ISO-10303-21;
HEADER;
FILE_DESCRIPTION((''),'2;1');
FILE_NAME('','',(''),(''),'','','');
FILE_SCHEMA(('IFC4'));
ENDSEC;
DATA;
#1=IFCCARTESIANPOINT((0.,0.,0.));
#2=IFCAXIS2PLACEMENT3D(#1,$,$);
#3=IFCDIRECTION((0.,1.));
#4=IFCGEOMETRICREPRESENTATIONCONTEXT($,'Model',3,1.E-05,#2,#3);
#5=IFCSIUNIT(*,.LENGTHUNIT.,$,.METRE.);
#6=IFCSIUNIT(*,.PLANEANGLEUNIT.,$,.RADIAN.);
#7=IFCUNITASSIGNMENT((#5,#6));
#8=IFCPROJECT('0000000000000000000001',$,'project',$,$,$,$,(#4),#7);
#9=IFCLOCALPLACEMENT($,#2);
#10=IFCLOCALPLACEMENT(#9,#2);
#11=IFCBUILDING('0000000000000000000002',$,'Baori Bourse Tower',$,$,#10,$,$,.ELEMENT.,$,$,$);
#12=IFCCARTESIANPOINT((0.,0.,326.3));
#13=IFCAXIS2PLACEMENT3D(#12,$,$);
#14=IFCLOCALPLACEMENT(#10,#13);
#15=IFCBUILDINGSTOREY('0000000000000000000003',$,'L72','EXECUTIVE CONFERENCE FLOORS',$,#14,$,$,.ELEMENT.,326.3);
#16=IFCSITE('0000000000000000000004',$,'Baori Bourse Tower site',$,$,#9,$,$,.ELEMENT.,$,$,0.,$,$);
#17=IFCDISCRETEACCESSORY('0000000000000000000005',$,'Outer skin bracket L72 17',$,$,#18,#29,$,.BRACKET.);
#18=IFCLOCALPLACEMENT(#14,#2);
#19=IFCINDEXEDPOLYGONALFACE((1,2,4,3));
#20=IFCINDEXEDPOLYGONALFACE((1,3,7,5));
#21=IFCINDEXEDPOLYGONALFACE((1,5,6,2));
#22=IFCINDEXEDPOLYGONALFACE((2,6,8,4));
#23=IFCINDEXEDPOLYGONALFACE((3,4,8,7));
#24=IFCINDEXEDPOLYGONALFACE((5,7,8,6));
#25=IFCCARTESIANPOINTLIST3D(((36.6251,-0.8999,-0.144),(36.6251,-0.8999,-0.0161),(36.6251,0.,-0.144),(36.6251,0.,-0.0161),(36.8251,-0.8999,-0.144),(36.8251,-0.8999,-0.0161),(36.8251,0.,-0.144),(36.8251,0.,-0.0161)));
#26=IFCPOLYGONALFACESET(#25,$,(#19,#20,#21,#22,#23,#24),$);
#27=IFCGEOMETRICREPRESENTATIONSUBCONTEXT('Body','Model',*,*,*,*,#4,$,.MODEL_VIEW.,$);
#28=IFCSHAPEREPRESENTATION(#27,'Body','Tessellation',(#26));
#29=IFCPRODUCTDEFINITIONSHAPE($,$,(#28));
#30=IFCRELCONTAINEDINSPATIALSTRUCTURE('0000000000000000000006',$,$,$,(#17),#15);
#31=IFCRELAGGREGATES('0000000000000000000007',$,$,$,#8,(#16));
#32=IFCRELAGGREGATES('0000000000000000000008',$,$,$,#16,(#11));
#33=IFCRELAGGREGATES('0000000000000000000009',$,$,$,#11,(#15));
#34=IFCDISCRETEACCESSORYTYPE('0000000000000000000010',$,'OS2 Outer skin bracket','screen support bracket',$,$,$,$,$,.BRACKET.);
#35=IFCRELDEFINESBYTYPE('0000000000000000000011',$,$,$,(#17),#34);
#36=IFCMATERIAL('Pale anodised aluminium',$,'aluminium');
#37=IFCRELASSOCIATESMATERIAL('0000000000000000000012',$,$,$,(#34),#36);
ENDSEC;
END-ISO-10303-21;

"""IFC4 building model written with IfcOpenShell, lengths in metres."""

from ifc_helpers import new_model, si_unit, direction, frame, origin, origin_2d, place, context, subcontext, project, spatial, rectangle, extrude, material, type_object, element, save


model = new_model("IFC4")

# Units and contexts
model_context = context("Model", 3, precision=1e-05, world=origin(), true_north=direction((0.0, 1.0)))
body_context = subcontext(model_context, "Body", "Model", "MODEL_VIEW")
ifc_project = project(units=[si_unit("LENGTHUNIT", "METRE"), si_unit("PLANEANGLEUNIT", "RADIAN")], contexts=[model_context])

# Site, building, storey
site_placement = place(None, origin())
site = spatial("IfcSite", under=ifc_project, at=site_placement, Name="Baori Bourse Tower site", CompositionType="ELEMENT", RefElevation=0.0)
building_placement = place(site_placement, origin())
building = spatial("IfcBuilding", under=site, at=building_placement, Name="Baori Bourse Tower", CompositionType="ELEMENT")
storey_placement = place(building_placement, frame((0.0, 0.0, 326.3)))
storey = spatial("IfcBuildingStorey", under=building, at=storey_placement, Name="L72", Description="EXECUTIVE CONFERENCE FLOORS", CompositionType="ELEMENT", Elevation=326.3)

# Discrete accessory
ifc_material_1 = material(Name="Pale anodised aluminium", Category="aluminium")
discrete_accessory_type = type_object("IfcDiscreteAccessoryType", Name="OS2 Outer skin bracket", Description="screen support bracket", PredefinedType="BRACKET", material=ifc_material_1)
for number, where, z_axis, x_axis, name in (
    (1, (36.7251, -0.45, -0.144), (0.0, 0.0, 1.0), (1.0, 0.0, 0.0), "Outer skin bracket L72 17"),
):
    element("IfcDiscreteAccessory", number, at=place(storey_placement, frame(where, z_axis=z_axis, x_axis=x_axis)), inside=storey, type_object=discrete_accessory_type, Name=name, PredefinedType="BRACKET", context=body_context, shape_type="SweptSolid", body=[
        extrude(rectangle(XDim=0.2, YDim=0.8999, at=origin_2d()), origin(), (0.0, 0.0, 1.0), 0.1279),
    ])

save(model, "model.ifc")
